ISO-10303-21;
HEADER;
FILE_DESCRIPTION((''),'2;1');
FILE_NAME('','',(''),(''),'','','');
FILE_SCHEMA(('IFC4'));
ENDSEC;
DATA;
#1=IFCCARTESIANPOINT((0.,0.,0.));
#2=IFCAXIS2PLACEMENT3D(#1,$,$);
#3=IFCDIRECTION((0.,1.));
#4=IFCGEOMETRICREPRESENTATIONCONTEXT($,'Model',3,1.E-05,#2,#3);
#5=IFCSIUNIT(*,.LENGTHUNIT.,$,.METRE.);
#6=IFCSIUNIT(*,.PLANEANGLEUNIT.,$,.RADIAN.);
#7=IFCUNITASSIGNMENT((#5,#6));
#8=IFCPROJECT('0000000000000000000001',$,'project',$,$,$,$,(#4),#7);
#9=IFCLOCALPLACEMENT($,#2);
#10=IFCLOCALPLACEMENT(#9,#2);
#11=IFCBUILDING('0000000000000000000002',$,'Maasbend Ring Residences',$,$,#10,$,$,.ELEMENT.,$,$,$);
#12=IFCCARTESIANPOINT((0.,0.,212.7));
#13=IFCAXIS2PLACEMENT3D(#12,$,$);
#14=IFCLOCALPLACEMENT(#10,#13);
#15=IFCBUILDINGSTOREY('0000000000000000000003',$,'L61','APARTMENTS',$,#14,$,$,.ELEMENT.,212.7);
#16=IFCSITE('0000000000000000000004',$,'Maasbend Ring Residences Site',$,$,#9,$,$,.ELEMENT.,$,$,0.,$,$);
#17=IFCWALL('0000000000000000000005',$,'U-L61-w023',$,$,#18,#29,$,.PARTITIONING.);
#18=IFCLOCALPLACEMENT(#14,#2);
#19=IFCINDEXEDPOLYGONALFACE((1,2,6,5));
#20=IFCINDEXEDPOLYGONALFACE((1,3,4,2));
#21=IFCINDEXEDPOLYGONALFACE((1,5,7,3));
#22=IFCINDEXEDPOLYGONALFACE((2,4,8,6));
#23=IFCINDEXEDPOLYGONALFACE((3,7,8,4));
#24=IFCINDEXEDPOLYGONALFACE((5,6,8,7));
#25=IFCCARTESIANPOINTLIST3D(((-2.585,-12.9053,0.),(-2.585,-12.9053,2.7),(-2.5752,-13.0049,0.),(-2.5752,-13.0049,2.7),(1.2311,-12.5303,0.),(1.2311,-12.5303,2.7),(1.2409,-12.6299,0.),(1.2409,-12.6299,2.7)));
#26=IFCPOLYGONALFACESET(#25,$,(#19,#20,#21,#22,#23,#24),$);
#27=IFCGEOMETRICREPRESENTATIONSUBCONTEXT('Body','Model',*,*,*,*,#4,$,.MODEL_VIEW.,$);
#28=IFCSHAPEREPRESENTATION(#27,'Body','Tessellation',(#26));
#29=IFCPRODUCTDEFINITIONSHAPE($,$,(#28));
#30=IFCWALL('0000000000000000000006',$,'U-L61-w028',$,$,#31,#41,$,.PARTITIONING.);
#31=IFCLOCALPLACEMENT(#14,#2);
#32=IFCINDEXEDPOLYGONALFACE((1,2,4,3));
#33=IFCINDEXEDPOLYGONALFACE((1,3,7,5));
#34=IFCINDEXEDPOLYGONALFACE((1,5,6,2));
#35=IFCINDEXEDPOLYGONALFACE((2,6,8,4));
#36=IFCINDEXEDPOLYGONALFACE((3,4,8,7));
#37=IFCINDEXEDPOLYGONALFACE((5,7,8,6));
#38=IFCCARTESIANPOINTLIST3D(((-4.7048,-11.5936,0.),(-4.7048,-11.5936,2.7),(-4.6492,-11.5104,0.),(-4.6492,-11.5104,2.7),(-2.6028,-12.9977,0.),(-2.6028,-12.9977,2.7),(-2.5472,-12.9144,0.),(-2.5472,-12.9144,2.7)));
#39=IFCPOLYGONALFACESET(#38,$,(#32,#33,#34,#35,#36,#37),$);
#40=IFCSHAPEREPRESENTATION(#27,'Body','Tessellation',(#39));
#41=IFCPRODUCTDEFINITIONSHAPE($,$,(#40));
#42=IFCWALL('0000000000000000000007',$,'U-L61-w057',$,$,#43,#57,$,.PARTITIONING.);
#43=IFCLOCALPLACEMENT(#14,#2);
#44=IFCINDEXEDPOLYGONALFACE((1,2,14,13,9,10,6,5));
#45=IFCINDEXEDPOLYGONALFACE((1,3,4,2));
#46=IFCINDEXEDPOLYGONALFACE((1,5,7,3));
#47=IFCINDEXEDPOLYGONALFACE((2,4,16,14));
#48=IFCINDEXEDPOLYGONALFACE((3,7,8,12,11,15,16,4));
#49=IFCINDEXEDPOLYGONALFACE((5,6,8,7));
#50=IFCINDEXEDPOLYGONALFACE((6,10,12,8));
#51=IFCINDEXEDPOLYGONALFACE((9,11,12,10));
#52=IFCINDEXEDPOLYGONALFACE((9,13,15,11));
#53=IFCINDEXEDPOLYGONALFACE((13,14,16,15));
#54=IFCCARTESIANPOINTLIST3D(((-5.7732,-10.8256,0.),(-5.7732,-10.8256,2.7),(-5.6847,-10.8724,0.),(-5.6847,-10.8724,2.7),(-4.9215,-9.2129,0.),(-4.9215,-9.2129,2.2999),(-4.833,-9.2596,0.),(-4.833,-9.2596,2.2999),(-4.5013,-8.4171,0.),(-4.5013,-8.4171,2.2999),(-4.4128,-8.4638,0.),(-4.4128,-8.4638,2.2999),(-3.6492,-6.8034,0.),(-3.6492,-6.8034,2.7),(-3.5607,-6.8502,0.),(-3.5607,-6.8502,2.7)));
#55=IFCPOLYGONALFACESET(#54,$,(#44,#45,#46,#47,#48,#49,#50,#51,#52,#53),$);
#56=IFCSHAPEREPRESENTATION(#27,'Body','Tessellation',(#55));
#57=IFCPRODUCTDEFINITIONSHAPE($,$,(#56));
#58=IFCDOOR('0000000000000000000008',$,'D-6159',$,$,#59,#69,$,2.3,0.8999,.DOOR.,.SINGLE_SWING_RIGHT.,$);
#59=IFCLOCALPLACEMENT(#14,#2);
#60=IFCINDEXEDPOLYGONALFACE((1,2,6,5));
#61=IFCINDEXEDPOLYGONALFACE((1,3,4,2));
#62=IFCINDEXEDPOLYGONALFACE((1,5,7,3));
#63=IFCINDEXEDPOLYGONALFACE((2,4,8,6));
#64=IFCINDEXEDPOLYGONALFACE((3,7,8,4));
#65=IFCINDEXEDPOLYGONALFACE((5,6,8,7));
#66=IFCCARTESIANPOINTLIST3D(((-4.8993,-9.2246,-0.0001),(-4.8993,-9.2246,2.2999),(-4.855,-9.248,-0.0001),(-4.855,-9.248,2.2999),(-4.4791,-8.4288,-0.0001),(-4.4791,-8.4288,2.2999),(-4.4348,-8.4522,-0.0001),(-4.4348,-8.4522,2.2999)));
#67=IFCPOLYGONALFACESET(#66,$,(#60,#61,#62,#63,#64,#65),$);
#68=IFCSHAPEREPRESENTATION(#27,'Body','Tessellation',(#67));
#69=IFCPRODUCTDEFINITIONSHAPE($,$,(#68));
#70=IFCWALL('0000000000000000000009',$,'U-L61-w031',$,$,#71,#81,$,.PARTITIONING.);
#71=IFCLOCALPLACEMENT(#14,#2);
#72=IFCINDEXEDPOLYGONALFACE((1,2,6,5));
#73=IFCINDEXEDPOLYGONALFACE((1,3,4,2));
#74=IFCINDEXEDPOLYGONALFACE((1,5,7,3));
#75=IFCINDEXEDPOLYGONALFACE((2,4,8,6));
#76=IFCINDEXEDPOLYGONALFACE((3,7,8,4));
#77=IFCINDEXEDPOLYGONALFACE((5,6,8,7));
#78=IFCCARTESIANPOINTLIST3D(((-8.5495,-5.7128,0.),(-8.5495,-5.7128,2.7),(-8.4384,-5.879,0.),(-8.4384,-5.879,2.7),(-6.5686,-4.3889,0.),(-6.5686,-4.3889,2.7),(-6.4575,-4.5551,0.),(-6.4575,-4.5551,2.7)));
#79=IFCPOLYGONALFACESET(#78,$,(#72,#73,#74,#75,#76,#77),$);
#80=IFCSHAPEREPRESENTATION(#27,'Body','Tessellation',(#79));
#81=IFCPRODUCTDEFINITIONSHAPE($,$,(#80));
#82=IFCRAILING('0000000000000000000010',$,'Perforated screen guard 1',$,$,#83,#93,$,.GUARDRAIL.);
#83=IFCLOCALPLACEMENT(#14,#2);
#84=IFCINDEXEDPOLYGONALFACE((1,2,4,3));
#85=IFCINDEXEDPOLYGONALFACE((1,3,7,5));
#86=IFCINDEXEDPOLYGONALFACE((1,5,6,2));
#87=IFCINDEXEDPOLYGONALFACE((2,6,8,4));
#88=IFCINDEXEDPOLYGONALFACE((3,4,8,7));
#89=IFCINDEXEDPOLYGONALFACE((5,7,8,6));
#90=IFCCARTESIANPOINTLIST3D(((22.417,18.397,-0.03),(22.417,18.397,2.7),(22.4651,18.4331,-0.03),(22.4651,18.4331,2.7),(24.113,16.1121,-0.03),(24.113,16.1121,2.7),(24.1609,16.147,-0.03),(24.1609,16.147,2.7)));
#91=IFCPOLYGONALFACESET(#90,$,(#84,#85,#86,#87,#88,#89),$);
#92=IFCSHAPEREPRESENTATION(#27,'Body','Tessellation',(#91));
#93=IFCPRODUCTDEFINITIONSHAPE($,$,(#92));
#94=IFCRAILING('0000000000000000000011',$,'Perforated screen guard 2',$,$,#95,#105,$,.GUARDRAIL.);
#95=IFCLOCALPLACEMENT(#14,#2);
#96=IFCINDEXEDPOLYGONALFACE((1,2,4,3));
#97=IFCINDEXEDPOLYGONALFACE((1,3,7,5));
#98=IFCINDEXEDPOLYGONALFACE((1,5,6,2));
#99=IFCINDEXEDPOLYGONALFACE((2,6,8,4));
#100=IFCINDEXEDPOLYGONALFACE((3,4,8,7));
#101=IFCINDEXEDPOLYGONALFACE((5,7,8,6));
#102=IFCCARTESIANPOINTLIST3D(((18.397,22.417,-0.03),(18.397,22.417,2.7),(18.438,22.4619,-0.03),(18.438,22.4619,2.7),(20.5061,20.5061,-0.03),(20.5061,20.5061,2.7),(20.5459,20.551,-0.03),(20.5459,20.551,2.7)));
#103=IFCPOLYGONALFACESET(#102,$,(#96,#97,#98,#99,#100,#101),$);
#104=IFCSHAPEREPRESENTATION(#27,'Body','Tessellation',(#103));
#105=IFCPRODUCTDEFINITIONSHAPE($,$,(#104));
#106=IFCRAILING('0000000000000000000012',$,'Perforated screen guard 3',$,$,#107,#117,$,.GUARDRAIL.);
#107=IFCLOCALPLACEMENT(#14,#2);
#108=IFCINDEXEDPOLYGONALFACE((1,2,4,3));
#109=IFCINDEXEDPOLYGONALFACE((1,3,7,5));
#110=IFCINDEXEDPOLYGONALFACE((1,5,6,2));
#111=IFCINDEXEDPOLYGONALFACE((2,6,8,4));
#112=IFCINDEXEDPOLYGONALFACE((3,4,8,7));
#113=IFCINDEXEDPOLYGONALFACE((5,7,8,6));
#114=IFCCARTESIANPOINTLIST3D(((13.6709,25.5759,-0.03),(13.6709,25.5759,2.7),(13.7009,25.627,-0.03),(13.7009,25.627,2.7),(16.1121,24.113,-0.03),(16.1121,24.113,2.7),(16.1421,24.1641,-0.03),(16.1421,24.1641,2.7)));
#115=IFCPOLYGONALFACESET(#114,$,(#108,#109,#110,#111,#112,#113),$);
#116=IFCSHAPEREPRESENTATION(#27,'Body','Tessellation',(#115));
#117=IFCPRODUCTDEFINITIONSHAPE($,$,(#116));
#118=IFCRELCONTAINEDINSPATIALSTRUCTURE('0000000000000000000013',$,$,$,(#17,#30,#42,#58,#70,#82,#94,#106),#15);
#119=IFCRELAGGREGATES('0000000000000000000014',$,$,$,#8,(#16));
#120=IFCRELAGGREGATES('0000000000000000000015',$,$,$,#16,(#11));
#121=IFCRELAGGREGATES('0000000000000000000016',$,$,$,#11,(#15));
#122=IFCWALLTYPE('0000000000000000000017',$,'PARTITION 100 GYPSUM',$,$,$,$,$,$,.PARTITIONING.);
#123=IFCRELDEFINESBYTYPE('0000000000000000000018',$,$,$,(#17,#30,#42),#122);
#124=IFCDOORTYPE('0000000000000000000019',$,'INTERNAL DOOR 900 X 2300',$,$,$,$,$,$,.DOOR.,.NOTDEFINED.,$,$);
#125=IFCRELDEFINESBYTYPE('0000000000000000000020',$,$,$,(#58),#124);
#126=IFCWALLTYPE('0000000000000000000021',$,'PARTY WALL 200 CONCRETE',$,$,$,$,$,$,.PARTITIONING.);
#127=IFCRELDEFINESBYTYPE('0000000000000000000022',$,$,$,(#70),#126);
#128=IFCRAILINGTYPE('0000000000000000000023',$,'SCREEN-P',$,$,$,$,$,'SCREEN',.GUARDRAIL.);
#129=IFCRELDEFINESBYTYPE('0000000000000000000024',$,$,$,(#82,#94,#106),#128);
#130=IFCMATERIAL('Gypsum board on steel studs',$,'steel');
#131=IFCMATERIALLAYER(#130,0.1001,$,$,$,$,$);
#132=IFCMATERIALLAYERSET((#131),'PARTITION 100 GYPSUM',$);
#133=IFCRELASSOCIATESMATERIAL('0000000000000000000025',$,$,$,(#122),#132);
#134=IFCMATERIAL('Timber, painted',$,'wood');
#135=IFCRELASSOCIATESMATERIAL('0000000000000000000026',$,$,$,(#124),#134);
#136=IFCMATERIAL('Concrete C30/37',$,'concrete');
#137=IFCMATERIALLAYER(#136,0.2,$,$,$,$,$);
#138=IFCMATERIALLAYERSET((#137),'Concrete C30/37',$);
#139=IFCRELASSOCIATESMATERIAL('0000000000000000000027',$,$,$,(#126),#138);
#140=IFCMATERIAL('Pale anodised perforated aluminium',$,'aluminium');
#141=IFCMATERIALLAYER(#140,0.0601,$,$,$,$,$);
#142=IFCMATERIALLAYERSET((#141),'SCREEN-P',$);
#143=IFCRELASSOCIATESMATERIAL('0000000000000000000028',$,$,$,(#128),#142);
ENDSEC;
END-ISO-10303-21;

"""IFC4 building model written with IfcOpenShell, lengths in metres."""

from ifc_helpers import new_model, si_unit, direction, frame, frame_2d, origin, place, context, subcontext, project, spatial, polyline, rectangle, outline, extrude, material, layer, layer_set, type_object, element, fill, save


model = new_model("IFC4")

# Units and contexts
model_context = context("Model", 3, precision=1e-05, world=origin(), true_north=direction((0.0, 1.0)))
body_context = subcontext(model_context, "Body", "Model", "MODEL_VIEW")
ifc_project = project(units=[si_unit("LENGTHUNIT", "METRE"), si_unit("PLANEANGLEUNIT", "RADIAN")], contexts=[model_context])

# Site, building, storey
site_placement = place(None, origin())
site = spatial("IfcSite", under=ifc_project, at=site_placement, Name="Maasbend Ring Residences Site", CompositionType="ELEMENT", RefElevation=0.0)
building_placement = place(site_placement, origin())
building = spatial("IfcBuilding", under=site, at=building_placement, Name="Maasbend Ring Residences", CompositionType="ELEMENT")
storey_placement = place(building_placement, frame((0.0, 0.0, 212.7)))
storey = spatial("IfcBuildingStorey", under=building, at=storey_placement, Name="L61", Description="APARTMENTS", CompositionType="ELEMENT", Elevation=212.7)

# Walls
ifc_material_1 = material(Name="Gypsum board on steel studs", Category="steel")
ifc_layer_1 = layer(ifc_material_1, 0.1001)
ifc_layer_set_1 = layer_set([ifc_layer_1], Name="PARTITION 100 GYPSUM")
wall_type_1 = type_object("IfcWallType", Name="PARTITION 100 GYPSUM", PredefinedType="PARTITIONING", material=ifc_layer_set_1)
wall_1_placement = place(storey_placement, frame((-2.5801, -12.9551, 0.0), z_axis=(0.0, 0.0, 1.0), x_axis=(0.995207, 0.097795, 0.0)))
element("IfcWall", 1, at=wall_1_placement, inside=storey, type_object=wall_type_1, Name="U-L61-w023", PredefinedType="PARTITIONING", context=body_context, shape_type="SweptSolid", body=[
    extrude(rectangle(XDim=3.8345, YDim=0.1001, at=frame_2d((1.9172, 0.0))), origin(), (0.0, 0.0, 1.0), 2.7),
])
wall_2_placement = place(storey_placement, frame((-4.677, -11.552, 0.0), z_axis=(0.0, 0.0, 1.0), x_axis=(0.83156, -0.555435, 0.0)))
element("IfcWall", 2, at=wall_2_placement, inside=storey, type_object=wall_type_1, Name="U-L61-w028", PredefinedType="PARTITIONING", context=body_context, shape_type="SweptSolid", body=[
    extrude(rectangle(XDim=2.5278, YDim=0.1001, at=frame_2d((1.2639, 0.0))), origin(), (0.0, 0.0, 1.0), 2.7),
])

# Wall, opening, door
wall_3_placement = place(storey_placement, frame((-5.729, -10.8491, 0.0), z_axis=(0.0, 0.0, 1.0), x_axis=(0.466963, 0.884277, 0.0)))
wall_3 = element("IfcWall", 3, at=wall_3_placement, inside=storey, type_object=wall_type_1, Name="U-L61-w057", PredefinedType="PARTITIONING", context=body_context, shape_type="SweptSolid", body=[
    extrude(rectangle(XDim=4.5486, YDim=0.1001, at=frame_2d((2.2744, 0.0))), origin(), (0.0, 0.0, 1.0), 2.7),
])
opening_placement = place(wall_3_placement, frame((1.824, 0.0, 0.0)))
opening = element("IfcOpeningElement", 4, at=opening_placement, cuts=wall_3, PredefinedType="OPENING", context=body_context, shape_type="SweptSolid", body=[
    extrude(rectangle(XDim=0.8999, YDim=2.3, at=frame_2d((0.45, 1.1499))), frame((0.0, 0.0601, 0.0), z_axis=(0.0, -1.0, 0.0), x_axis=(1.0, 0.0, 0.0)), (0.0, 0.0, 1.0), 0.1201),
])
ifc_material_2 = material(Name="Timber, painted", Category="wood")
door_type = type_object("IfcDoorType", Name="INTERNAL DOOR 900 X 2300", OperationType="NOTDEFINED", PredefinedType="DOOR", material=ifc_material_2)
door_placement = place(opening_placement, origin())
door = element("IfcDoor", 5, at=door_placement, inside=storey, type_object=door_type, Name="D-6159", OperationType="SINGLE_SWING_RIGHT", OverallHeight=2.3, OverallWidth=0.8999, PredefinedType="DOOR", context=body_context, shape_type="SweptSolid", body=[
    extrude(rectangle(XDim=0.8999, YDim=2.3, at=frame_2d((0.45, 1.1499))), frame((0.0, 0.0249, 0.0), z_axis=(0.0, -1.0, 0.0), x_axis=(1.0, 0.0, 0.0)), (0.0, 0.0, 1.0), 0.05),
])
fill(opening, door)

# Wall
ifc_material_3 = material(Name="Concrete C30/37", Category="concrete")
ifc_layer_2 = layer(ifc_material_3, 0.2)
ifc_layer_set_2 = layer_set([ifc_layer_2], Name="Concrete C30/37")
wall_type_2 = type_object("IfcWallType", Name="PARTY WALL 200 CONCRETE", PredefinedType="PARTITIONING", material=ifc_layer_set_2)
wall_4_placement = place(storey_placement, frame((-6.5129, -4.4719, 0.0), z_axis=(0.0, 0.0, 1.0), x_axis=(-0.831403, -0.555669, 0.0)))
element("IfcWall", 6, at=wall_4_placement, inside=storey, type_object=wall_type_2, Name="U-L61-w031", PredefinedType="PARTITIONING", context=body_context, shape_type="SweptSolid", body=[
    extrude(rectangle(XDim=2.3826, YDim=0.2, at=frame_2d((1.1914, 0.0))), origin(), (0.0, 0.0, 1.0), 2.7),
])

# Railings
ifc_material_4 = material(Name="Pale anodised perforated aluminium", Category="aluminium")
ifc_layer_3 = layer(ifc_material_4, 0.0601)
ifc_layer_set_3 = layer_set([ifc_layer_3], Name="SCREEN-P")
railing_type = type_object("IfcRailingType", Name="SCREEN-P", ElementType="SCREEN", PredefinedType="GUARDRAIL", material=ifc_layer_set_3)
railing_1_placement = place(storey_placement, frame((0.0, 0.0, -0.03)))
element("IfcRailing", 7, at=railing_1_placement, inside=storey, type_object=railing_type, Name="Perforated screen guard 1", PredefinedType="GUARDRAIL", context=body_context, shape_type="SweptSolid", body=[
    extrude(outline(polyline([(24.113, 16.1121), (22.417, 18.397), (22.4651, 18.4331), (24.1609, 16.147), (24.113, 16.1121)])), origin(), (0.0, 0.0, 1.0), 2.73),
])
railing_2_placement = place(storey_placement, frame((0.0, 0.0, -0.03)))
element("IfcRailing", 8, at=railing_2_placement, inside=storey, type_object=railing_type, Name="Perforated screen guard 2", PredefinedType="GUARDRAIL", context=body_context, shape_type="SweptSolid", body=[
    extrude(outline(polyline([(20.5061, 20.5061), (18.397, 22.417), (18.438, 22.4619), (20.5459, 20.551), (20.5061, 20.5061)])), origin(), (0.0, 0.0, 1.0), 2.73),
])
railing_3_placement = place(storey_placement, frame((0.0, 0.0, -0.03)))
element("IfcRailing", 9, at=railing_3_placement, inside=storey, type_object=railing_type, Name="Perforated screen guard 3", PredefinedType="GUARDRAIL", context=body_context, shape_type="SweptSolid", body=[
    extrude(outline(polyline([(16.1121, 24.113), (13.6709, 25.5759), (13.7009, 25.627), (16.1421, 24.1641), (16.1121, 24.113)])), origin(), (0.0, 0.0, 1.0), 2.73),
])

save(model, "model.ifc")
